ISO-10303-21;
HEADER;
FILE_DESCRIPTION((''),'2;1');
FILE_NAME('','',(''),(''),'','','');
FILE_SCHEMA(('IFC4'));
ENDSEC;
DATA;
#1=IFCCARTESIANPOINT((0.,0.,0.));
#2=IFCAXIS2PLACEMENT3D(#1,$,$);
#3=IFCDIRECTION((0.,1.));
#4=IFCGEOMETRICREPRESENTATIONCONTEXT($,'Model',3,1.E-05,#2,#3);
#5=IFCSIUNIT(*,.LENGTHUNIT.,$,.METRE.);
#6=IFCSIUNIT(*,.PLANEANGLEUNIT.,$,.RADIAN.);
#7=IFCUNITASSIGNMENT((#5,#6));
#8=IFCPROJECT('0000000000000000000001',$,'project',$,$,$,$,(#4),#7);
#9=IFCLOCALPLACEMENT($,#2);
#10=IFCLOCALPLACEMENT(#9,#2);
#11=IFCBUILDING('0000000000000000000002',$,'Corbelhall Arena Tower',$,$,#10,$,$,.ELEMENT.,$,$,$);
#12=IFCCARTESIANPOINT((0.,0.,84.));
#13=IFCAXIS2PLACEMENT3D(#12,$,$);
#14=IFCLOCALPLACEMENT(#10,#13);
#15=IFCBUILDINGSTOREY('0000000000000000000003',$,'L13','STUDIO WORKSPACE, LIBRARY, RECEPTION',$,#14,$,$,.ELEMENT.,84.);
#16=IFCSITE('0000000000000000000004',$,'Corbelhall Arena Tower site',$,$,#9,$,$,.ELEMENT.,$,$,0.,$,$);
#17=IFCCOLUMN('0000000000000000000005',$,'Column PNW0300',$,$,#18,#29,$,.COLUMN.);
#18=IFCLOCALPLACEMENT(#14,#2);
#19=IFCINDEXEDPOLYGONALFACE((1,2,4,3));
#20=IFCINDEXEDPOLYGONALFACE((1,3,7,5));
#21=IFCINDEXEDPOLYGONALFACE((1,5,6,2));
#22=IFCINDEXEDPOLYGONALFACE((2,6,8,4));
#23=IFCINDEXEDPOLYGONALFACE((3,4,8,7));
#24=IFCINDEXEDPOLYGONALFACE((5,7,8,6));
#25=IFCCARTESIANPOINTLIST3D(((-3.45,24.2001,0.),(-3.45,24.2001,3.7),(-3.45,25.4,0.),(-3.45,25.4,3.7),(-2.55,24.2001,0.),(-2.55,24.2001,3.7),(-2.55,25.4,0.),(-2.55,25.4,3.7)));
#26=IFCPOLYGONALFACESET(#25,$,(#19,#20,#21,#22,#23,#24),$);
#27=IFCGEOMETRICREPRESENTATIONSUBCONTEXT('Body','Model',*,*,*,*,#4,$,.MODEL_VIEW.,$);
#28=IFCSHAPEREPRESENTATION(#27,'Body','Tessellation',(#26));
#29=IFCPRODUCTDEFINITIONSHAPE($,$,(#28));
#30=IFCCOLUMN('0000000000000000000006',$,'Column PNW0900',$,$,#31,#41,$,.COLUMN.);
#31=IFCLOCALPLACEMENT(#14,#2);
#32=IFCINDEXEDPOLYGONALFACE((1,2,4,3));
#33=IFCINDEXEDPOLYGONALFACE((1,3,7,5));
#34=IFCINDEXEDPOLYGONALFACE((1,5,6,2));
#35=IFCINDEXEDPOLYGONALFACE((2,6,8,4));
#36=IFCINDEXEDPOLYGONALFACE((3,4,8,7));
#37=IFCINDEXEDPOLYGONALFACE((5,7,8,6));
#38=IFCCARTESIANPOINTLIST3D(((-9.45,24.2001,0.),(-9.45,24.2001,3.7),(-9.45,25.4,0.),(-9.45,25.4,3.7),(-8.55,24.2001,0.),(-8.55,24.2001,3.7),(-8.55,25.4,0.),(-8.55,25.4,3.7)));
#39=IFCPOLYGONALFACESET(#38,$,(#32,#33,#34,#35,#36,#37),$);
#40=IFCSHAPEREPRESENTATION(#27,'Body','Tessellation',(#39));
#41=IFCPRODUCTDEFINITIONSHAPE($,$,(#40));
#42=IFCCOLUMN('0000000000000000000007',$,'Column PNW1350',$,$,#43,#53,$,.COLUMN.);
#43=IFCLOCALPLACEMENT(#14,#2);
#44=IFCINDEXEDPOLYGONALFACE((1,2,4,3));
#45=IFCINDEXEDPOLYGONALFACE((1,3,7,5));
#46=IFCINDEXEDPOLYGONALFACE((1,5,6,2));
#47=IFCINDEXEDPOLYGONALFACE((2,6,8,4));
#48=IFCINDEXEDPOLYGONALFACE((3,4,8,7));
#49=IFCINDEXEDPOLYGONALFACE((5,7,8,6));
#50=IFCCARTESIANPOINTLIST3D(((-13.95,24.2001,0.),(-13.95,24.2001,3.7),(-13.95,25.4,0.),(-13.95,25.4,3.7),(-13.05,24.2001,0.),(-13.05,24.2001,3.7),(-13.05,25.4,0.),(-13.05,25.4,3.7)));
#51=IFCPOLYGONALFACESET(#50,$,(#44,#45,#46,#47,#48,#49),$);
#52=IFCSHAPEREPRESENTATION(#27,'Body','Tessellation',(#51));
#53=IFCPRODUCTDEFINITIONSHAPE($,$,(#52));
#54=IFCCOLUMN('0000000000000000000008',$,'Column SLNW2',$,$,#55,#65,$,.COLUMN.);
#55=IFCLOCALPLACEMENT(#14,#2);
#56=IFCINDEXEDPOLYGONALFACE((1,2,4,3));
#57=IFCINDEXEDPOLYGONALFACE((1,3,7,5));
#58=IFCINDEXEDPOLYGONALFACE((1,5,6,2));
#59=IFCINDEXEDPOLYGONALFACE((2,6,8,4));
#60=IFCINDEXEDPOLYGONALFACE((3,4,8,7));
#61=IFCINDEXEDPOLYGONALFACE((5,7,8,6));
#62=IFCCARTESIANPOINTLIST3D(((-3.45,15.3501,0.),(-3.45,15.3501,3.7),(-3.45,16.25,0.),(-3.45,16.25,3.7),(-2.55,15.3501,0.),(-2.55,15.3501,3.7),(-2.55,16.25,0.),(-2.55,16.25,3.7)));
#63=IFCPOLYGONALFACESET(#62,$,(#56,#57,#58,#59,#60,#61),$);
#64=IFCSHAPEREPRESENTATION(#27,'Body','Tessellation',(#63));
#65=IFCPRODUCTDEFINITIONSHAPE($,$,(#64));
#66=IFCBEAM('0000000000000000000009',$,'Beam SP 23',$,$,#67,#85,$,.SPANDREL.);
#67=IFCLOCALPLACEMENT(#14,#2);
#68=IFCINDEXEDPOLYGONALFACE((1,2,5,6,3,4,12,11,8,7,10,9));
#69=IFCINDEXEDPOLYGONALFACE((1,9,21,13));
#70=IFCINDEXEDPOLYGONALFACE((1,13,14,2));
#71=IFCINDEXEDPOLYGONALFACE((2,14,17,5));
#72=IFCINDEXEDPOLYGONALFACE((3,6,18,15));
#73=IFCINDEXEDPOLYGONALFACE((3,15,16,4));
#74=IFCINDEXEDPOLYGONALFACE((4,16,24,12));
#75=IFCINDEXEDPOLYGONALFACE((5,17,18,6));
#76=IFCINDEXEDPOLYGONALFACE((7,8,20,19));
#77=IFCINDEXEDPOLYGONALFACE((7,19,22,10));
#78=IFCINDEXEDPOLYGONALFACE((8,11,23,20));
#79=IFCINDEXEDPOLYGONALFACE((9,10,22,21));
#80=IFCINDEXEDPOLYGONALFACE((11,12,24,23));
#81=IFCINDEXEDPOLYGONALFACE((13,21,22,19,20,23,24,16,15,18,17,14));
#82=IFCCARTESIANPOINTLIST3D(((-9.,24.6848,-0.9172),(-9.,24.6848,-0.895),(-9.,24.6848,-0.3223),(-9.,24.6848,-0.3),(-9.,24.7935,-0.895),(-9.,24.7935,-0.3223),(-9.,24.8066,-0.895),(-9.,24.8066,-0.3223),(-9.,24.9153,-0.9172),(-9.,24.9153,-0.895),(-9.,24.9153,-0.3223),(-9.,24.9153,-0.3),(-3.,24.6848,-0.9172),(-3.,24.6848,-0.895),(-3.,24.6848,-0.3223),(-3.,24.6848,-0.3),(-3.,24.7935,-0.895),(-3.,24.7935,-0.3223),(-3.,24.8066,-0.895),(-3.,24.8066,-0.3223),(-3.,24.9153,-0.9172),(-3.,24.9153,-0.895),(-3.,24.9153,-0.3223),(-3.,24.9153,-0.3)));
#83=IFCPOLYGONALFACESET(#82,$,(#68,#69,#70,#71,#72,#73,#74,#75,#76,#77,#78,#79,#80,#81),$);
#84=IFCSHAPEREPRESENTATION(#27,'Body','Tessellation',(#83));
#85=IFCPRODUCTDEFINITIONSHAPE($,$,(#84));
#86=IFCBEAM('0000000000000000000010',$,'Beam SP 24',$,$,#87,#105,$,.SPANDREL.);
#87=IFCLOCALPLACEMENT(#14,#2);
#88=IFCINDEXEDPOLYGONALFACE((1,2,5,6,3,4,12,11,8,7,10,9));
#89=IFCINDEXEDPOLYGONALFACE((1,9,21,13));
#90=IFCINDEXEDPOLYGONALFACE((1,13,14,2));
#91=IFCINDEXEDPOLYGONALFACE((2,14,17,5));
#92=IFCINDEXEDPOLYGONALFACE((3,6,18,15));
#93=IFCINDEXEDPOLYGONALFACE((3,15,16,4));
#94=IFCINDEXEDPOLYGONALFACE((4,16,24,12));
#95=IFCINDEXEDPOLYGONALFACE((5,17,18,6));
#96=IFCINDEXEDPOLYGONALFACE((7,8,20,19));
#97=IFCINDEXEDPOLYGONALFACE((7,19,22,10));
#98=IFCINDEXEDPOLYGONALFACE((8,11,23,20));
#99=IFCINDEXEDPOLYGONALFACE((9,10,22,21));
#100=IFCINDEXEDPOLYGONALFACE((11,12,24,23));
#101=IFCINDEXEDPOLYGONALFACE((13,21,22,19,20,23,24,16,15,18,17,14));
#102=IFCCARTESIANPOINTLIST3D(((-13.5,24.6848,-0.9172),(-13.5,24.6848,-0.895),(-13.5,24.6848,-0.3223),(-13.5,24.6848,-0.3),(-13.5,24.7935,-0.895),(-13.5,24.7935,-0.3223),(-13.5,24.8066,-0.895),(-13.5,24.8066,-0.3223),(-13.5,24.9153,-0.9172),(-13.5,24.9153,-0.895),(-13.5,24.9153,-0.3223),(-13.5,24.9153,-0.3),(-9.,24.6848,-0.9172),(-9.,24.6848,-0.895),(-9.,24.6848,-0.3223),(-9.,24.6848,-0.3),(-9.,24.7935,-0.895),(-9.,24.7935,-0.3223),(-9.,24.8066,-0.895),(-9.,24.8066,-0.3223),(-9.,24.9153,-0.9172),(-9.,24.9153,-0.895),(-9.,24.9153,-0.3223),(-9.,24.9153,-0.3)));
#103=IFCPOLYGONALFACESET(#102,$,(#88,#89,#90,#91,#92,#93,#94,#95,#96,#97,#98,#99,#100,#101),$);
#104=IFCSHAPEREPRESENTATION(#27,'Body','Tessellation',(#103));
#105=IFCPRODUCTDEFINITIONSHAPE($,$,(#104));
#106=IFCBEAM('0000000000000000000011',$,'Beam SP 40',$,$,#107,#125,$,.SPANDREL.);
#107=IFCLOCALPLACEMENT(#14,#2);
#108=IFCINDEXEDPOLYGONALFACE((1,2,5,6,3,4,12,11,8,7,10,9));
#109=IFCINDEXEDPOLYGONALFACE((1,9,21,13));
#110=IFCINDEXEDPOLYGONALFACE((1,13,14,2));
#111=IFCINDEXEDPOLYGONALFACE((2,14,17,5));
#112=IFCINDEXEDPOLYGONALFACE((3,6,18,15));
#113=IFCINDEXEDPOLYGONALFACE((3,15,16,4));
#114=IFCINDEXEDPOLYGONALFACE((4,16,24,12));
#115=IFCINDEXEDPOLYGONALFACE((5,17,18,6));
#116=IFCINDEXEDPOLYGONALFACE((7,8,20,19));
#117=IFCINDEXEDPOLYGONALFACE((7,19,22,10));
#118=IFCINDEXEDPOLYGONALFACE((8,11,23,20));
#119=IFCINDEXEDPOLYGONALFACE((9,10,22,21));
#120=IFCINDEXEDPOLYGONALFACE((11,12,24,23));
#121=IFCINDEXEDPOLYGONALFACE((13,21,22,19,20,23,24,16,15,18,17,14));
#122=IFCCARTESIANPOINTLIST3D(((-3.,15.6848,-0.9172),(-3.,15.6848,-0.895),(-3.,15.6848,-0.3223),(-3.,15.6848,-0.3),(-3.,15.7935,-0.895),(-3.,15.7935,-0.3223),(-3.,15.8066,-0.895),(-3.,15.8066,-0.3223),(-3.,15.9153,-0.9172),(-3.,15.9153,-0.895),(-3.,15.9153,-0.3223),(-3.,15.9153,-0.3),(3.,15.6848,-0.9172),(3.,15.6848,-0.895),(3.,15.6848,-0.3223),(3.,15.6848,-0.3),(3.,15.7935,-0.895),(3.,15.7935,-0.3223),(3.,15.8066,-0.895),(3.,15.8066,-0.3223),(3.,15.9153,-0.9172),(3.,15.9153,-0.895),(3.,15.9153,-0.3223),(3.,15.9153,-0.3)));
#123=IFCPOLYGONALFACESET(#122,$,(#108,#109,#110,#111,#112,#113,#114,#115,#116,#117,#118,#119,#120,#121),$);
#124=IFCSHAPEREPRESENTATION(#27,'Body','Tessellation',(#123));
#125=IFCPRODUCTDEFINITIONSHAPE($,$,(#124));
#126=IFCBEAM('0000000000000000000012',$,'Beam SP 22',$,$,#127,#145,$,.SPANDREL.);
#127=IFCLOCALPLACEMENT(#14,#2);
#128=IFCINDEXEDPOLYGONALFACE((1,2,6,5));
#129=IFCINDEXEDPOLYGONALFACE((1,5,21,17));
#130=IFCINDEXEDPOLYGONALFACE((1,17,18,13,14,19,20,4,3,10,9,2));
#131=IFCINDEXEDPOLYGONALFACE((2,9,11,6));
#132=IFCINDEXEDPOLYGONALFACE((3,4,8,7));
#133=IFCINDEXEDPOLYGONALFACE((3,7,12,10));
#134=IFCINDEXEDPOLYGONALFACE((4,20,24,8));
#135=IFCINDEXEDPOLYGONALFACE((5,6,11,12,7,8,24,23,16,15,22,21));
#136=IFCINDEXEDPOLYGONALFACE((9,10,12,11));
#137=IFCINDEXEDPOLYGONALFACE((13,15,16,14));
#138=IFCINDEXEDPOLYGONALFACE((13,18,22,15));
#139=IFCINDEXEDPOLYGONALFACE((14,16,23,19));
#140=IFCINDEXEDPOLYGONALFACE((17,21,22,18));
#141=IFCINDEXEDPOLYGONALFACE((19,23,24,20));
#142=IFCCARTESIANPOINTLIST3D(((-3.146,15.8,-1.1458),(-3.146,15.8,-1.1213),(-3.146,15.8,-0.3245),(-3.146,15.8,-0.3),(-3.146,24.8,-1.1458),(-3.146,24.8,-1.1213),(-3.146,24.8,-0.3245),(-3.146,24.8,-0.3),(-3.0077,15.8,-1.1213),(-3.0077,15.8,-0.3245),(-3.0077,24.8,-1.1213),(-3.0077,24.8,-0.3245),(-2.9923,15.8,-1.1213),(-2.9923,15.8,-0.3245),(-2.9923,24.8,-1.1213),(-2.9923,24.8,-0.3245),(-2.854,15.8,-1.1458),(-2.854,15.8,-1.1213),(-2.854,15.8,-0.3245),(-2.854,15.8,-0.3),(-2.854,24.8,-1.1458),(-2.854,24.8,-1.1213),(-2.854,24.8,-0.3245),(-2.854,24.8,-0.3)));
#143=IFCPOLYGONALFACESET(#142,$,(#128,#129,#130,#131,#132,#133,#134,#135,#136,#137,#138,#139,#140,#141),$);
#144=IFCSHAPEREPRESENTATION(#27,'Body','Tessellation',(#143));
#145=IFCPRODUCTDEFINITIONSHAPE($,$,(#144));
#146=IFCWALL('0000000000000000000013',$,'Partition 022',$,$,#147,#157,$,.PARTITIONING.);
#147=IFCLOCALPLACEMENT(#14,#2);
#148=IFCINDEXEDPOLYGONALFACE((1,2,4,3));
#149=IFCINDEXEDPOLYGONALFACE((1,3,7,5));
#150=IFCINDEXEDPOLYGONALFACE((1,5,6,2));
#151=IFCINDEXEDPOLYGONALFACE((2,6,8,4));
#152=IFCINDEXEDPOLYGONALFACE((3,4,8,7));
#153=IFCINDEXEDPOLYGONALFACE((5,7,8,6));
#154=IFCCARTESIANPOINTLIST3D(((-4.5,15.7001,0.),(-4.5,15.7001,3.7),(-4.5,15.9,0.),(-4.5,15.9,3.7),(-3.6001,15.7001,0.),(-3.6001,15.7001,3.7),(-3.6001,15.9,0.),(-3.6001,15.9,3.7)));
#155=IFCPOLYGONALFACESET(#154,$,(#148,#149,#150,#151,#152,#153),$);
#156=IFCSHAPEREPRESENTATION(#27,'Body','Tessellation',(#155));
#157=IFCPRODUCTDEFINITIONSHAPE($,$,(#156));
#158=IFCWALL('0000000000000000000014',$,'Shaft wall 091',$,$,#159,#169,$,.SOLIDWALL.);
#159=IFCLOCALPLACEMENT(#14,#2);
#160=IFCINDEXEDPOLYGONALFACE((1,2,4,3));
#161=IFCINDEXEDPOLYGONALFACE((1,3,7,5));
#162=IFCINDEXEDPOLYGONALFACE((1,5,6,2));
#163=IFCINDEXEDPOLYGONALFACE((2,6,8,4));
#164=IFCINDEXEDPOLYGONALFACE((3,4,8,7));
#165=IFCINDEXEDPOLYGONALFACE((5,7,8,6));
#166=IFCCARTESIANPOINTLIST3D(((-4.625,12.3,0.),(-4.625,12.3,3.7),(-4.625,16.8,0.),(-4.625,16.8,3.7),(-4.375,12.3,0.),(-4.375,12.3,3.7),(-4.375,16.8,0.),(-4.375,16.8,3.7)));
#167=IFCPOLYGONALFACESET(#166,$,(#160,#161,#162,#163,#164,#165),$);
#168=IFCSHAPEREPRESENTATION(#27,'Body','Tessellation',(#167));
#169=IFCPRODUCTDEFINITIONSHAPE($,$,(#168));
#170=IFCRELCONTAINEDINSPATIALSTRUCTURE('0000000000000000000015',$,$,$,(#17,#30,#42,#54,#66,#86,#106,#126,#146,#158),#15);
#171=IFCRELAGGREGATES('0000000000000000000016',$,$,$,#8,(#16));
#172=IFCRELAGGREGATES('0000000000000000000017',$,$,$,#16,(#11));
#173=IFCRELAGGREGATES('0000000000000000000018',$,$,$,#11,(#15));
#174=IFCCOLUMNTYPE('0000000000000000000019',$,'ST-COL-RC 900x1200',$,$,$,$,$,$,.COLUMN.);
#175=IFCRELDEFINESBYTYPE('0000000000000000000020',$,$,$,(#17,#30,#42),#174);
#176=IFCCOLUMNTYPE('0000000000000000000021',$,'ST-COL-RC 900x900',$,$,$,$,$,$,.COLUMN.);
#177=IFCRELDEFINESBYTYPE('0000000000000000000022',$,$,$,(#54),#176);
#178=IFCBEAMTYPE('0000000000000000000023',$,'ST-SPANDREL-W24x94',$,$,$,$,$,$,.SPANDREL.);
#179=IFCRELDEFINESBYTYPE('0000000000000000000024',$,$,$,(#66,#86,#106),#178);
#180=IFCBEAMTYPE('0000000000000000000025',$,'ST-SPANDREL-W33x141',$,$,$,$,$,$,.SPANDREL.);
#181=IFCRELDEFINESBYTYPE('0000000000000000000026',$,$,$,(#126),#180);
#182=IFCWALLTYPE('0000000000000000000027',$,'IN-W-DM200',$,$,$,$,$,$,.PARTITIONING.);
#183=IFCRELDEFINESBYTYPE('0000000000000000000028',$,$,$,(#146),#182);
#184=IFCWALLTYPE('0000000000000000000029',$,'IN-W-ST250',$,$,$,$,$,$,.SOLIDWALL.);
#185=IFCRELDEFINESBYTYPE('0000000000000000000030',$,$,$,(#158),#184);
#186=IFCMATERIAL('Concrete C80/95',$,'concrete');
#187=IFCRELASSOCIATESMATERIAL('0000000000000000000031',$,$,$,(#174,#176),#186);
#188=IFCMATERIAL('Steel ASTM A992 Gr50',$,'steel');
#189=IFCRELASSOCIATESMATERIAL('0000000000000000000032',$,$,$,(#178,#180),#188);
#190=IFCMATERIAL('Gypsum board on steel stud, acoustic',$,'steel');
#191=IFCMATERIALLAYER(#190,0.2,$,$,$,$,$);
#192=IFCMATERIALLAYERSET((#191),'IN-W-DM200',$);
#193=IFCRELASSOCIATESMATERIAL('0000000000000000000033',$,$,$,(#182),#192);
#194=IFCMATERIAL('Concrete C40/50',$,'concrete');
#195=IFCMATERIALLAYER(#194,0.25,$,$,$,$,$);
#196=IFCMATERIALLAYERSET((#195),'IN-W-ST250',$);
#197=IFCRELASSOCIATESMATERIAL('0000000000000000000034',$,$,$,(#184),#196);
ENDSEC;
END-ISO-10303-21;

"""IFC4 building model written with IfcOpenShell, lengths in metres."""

from ifc_helpers import new_model, si_unit, direction, frame, frame_2d, origin, origin_2d, place, context, subcontext, project, spatial, rectangle, i_section, extrude, material, layer, layer_set, material_profile, profile_set, type_object, element, save


model = new_model("IFC4")

# Units and contexts
model_context = context("Model", 3, precision=1e-05, world=origin(), true_north=direction((0.0, 1.0)))
body_context = subcontext(model_context, "Body", "Model", "MODEL_VIEW")
ifc_project = project(units=[si_unit("LENGTHUNIT", "METRE"), si_unit("PLANEANGLEUNIT", "RADIAN")], contexts=[model_context])

# Site, building, storey
site_placement = place(None, origin())
site = spatial("IfcSite", under=ifc_project, at=site_placement, Name="Corbelhall Arena Tower site", CompositionType="ELEMENT", RefElevation=0.0)
building_placement = place(site_placement, origin())
building = spatial("IfcBuilding", under=site, at=building_placement, Name="Corbelhall Arena Tower", CompositionType="ELEMENT")
storey_placement = place(building_placement, frame((0.0, 0.0, 84.0)))
storey = spatial("IfcBuildingStorey", under=building, at=storey_placement, Name="L13", Description="STUDIO WORKSPACE, LIBRARY, RECEPTION", CompositionType="ELEMENT", Elevation=84.0)

# Columns
ifc_material_1 = material(Name="Concrete C80/95", Category="concrete")
ifc_material_profile_1 = material_profile(ifc_material_1, rectangle(XDim=0.8999, YDim=1.2, at=origin_2d()))
ifc_profile_set_1 = profile_set([ifc_material_profile_1], Name="Concrete C80/95")
column_type_1 = type_object("IfcColumnType", Name="ST-COL-RC 900x1200", PredefinedType="COLUMN", material=ifc_profile_set_1)
for number, where, z_axis, x_axis, name in (
    (1, (-3.0, 24.8, 0.0), (0.0, 0.0, 1.0), (1.0, 0.0, 0.0), "Column PNW0300"),
    (2, (-9.0, 24.8, 0.0), (0.0, 0.0, 1.0), (1.0, 0.0, 0.0), "Column PNW0900"),
    (3, (-13.5, 24.8, 0.0), (0.0, 0.0, 1.0), (1.0, 0.0, 0.0), "Column PNW1350"),
):
    element("IfcColumn", number, at=place(storey_placement, frame(where, z_axis=z_axis, x_axis=x_axis)), inside=storey, type_object=column_type_1, Name=name, PredefinedType="COLUMN", context=body_context, shape_type="SweptSolid", body=[
        extrude(rectangle(XDim=0.8999, YDim=1.2, at=origin_2d()), origin(), (0.0, 0.0, 1.0), 3.7),
    ])
ifc_material_profile_2 = material_profile(ifc_material_1, rectangle(XDim=0.8999, YDim=0.8999, at=origin_2d()))
ifc_profile_set_2 = profile_set([ifc_material_profile_2], Name="Concrete C80/95")
column_type_2 = type_object("IfcColumnType", Name="ST-COL-RC 900x900", PredefinedType="COLUMN", material=ifc_profile_set_2)
column_placement = place(storey_placement, frame((-3.0, 15.8, 0.0), z_axis=(0.0, 0.0, 1.0), x_axis=(1.0, 0.0, 0.0)))
element("IfcColumn", 4, at=column_placement, inside=storey, type_object=column_type_2, Name="Column SLNW2", PredefinedType="COLUMN", context=body_context, shape_type="SweptSolid", body=[
    extrude(rectangle(XDim=0.8999, YDim=0.8999, at=origin_2d()), origin(), (0.0, 0.0, 1.0), 3.7),
])

# Beams
ifc_material_2 = material(Name="Steel ASTM A992 Gr50", Category="steel")
ifc_material_profile_3 = material_profile(ifc_material_2, i_section(OverallWidth=0.2305, OverallDepth=0.6172, WebThickness=0.0132, FlangeThickness=0.0222, at=origin_2d()))
ifc_profile_set_3 = profile_set([ifc_material_profile_3], Name="Steel ASTM A992 Gr50")
beam_type_1 = type_object("IfcBeamType", Name="ST-SPANDREL-W24x94", PredefinedType="SPANDREL", material=ifc_profile_set_3)
beam_1_placement = place(storey_placement, frame((-9.0, 24.8, -0.6086), z_axis=(1.0, 0.0, 0.0), x_axis=(0.0, 1.0, 0.0)))
element("IfcBeam", 5, at=beam_1_placement, inside=storey, type_object=beam_type_1, Name="Beam SP 23", PredefinedType="SPANDREL", context=body_context, shape_type="SweptSolid", body=[
    extrude(i_section(OverallWidth=0.2305, OverallDepth=0.6172, WebThickness=0.0132, FlangeThickness=0.0222, at=origin_2d()), origin(), (0.0, 0.0, 1.0), 6.0),
])
beam_2_placement = place(storey_placement, frame((-13.5, 24.8, -0.6086), z_axis=(1.0, 0.0, 0.0), x_axis=(0.0, 1.0, 0.0)))
element("IfcBeam", 6, at=beam_2_placement, inside=storey, type_object=beam_type_1, Name="Beam SP 24", PredefinedType="SPANDREL", context=body_context, shape_type="SweptSolid", body=[
    extrude(i_section(OverallWidth=0.2305, OverallDepth=0.6172, WebThickness=0.0132, FlangeThickness=0.0222, at=origin_2d()), origin(), (0.0, 0.0, 1.0), 4.5),
])
beam_3_placement = place(storey_placement, frame((-3.0, 15.8, -0.6086), z_axis=(1.0, 0.0, 0.0), x_axis=(0.0, 1.0, 0.0)))
element("IfcBeam", 7, at=beam_3_placement, inside=storey, type_object=beam_type_1, Name="Beam SP 40", PredefinedType="SPANDREL", context=body_context, shape_type="SweptSolid", body=[
    extrude(i_section(OverallWidth=0.2305, OverallDepth=0.6172, WebThickness=0.0132, FlangeThickness=0.0222, at=origin_2d()), origin(), (0.0, 0.0, 1.0), 6.0),
])
ifc_material_profile_4 = material_profile(ifc_material_2, i_section(OverallWidth=0.292, OverallDepth=0.8457, WebThickness=0.0154, FlangeThickness=0.0244, at=origin_2d()))
ifc_profile_set_4 = profile_set([ifc_material_profile_4], Name="Steel ASTM A992 Gr50")
beam_type_2 = type_object("IfcBeamType", Name="ST-SPANDREL-W33x141", PredefinedType="SPANDREL", material=ifc_profile_set_4)
beam_4_placement = place(storey_placement, frame((-3.0, 24.8, -0.7229), z_axis=(0.0, -1.0, 0.0), x_axis=(1.0, 0.0, 0.0)))
element("IfcBeam", 8, at=beam_4_placement, inside=storey, type_object=beam_type_2, Name="Beam SP 22", PredefinedType="SPANDREL", context=body_context, shape_type="SweptSolid", body=[
    extrude(i_section(OverallWidth=0.292, OverallDepth=0.8457, WebThickness=0.0154, FlangeThickness=0.0244, at=origin_2d()), origin(), (0.0, 0.0, 1.0), 9.0),
])

# Walls
ifc_material_3 = material(Name="Gypsum board on steel stud, acoustic", Category="steel")
ifc_layer_1 = layer(ifc_material_3, 0.2)
ifc_layer_set_1 = layer_set([ifc_layer_1], Name="IN-W-DM200")
wall_type_1 = type_object("IfcWallType", Name="IN-W-DM200", PredefinedType="PARTITIONING", material=ifc_layer_set_1)
wall_1_placement = place(storey_placement, frame((-4.5, 15.8, 0.0), z_axis=(0.0, 0.0, 1.0), x_axis=(1.0, 0.0, 0.0)))
element("IfcWall", 9, at=wall_1_placement, inside=storey, type_object=wall_type_1, Name="Partition 022", PredefinedType="PARTITIONING", context=body_context, shape_type="SweptSolid", body=[
    extrude(rectangle(XDim=0.8999, YDim=0.2, at=frame_2d((0.45, 0.0))), origin(), (0.0, 0.0, 1.0), 3.7),
])
ifc_material_4 = material(Name="Concrete C40/50", Category="concrete")
ifc_layer_2 = layer(ifc_material_4, 0.25)
ifc_layer_set_2 = layer_set([ifc_layer_2], Name="IN-W-ST250")
wall_type_2 = type_object("IfcWallType", Name="IN-W-ST250", PredefinedType="SOLIDWALL", material=ifc_layer_set_2)
wall_2_placement = place(storey_placement, frame((-4.5, 16.8, 0.0), z_axis=(0.0, 0.0, 1.0), x_axis=(0.0, -1.0, 0.0)))
element("IfcWall", 10, at=wall_2_placement, inside=storey, type_object=wall_type_2, Name="Shaft wall 091", PredefinedType="SOLIDWALL", context=body_context, shape_type="SweptSolid", body=[
    extrude(rectangle(XDim=4.5, YDim=0.25, at=frame_2d((2.25, 0.0))), origin(), (0.0, 0.0, 1.0), 3.7),
])

save(model, "model.ifc")
